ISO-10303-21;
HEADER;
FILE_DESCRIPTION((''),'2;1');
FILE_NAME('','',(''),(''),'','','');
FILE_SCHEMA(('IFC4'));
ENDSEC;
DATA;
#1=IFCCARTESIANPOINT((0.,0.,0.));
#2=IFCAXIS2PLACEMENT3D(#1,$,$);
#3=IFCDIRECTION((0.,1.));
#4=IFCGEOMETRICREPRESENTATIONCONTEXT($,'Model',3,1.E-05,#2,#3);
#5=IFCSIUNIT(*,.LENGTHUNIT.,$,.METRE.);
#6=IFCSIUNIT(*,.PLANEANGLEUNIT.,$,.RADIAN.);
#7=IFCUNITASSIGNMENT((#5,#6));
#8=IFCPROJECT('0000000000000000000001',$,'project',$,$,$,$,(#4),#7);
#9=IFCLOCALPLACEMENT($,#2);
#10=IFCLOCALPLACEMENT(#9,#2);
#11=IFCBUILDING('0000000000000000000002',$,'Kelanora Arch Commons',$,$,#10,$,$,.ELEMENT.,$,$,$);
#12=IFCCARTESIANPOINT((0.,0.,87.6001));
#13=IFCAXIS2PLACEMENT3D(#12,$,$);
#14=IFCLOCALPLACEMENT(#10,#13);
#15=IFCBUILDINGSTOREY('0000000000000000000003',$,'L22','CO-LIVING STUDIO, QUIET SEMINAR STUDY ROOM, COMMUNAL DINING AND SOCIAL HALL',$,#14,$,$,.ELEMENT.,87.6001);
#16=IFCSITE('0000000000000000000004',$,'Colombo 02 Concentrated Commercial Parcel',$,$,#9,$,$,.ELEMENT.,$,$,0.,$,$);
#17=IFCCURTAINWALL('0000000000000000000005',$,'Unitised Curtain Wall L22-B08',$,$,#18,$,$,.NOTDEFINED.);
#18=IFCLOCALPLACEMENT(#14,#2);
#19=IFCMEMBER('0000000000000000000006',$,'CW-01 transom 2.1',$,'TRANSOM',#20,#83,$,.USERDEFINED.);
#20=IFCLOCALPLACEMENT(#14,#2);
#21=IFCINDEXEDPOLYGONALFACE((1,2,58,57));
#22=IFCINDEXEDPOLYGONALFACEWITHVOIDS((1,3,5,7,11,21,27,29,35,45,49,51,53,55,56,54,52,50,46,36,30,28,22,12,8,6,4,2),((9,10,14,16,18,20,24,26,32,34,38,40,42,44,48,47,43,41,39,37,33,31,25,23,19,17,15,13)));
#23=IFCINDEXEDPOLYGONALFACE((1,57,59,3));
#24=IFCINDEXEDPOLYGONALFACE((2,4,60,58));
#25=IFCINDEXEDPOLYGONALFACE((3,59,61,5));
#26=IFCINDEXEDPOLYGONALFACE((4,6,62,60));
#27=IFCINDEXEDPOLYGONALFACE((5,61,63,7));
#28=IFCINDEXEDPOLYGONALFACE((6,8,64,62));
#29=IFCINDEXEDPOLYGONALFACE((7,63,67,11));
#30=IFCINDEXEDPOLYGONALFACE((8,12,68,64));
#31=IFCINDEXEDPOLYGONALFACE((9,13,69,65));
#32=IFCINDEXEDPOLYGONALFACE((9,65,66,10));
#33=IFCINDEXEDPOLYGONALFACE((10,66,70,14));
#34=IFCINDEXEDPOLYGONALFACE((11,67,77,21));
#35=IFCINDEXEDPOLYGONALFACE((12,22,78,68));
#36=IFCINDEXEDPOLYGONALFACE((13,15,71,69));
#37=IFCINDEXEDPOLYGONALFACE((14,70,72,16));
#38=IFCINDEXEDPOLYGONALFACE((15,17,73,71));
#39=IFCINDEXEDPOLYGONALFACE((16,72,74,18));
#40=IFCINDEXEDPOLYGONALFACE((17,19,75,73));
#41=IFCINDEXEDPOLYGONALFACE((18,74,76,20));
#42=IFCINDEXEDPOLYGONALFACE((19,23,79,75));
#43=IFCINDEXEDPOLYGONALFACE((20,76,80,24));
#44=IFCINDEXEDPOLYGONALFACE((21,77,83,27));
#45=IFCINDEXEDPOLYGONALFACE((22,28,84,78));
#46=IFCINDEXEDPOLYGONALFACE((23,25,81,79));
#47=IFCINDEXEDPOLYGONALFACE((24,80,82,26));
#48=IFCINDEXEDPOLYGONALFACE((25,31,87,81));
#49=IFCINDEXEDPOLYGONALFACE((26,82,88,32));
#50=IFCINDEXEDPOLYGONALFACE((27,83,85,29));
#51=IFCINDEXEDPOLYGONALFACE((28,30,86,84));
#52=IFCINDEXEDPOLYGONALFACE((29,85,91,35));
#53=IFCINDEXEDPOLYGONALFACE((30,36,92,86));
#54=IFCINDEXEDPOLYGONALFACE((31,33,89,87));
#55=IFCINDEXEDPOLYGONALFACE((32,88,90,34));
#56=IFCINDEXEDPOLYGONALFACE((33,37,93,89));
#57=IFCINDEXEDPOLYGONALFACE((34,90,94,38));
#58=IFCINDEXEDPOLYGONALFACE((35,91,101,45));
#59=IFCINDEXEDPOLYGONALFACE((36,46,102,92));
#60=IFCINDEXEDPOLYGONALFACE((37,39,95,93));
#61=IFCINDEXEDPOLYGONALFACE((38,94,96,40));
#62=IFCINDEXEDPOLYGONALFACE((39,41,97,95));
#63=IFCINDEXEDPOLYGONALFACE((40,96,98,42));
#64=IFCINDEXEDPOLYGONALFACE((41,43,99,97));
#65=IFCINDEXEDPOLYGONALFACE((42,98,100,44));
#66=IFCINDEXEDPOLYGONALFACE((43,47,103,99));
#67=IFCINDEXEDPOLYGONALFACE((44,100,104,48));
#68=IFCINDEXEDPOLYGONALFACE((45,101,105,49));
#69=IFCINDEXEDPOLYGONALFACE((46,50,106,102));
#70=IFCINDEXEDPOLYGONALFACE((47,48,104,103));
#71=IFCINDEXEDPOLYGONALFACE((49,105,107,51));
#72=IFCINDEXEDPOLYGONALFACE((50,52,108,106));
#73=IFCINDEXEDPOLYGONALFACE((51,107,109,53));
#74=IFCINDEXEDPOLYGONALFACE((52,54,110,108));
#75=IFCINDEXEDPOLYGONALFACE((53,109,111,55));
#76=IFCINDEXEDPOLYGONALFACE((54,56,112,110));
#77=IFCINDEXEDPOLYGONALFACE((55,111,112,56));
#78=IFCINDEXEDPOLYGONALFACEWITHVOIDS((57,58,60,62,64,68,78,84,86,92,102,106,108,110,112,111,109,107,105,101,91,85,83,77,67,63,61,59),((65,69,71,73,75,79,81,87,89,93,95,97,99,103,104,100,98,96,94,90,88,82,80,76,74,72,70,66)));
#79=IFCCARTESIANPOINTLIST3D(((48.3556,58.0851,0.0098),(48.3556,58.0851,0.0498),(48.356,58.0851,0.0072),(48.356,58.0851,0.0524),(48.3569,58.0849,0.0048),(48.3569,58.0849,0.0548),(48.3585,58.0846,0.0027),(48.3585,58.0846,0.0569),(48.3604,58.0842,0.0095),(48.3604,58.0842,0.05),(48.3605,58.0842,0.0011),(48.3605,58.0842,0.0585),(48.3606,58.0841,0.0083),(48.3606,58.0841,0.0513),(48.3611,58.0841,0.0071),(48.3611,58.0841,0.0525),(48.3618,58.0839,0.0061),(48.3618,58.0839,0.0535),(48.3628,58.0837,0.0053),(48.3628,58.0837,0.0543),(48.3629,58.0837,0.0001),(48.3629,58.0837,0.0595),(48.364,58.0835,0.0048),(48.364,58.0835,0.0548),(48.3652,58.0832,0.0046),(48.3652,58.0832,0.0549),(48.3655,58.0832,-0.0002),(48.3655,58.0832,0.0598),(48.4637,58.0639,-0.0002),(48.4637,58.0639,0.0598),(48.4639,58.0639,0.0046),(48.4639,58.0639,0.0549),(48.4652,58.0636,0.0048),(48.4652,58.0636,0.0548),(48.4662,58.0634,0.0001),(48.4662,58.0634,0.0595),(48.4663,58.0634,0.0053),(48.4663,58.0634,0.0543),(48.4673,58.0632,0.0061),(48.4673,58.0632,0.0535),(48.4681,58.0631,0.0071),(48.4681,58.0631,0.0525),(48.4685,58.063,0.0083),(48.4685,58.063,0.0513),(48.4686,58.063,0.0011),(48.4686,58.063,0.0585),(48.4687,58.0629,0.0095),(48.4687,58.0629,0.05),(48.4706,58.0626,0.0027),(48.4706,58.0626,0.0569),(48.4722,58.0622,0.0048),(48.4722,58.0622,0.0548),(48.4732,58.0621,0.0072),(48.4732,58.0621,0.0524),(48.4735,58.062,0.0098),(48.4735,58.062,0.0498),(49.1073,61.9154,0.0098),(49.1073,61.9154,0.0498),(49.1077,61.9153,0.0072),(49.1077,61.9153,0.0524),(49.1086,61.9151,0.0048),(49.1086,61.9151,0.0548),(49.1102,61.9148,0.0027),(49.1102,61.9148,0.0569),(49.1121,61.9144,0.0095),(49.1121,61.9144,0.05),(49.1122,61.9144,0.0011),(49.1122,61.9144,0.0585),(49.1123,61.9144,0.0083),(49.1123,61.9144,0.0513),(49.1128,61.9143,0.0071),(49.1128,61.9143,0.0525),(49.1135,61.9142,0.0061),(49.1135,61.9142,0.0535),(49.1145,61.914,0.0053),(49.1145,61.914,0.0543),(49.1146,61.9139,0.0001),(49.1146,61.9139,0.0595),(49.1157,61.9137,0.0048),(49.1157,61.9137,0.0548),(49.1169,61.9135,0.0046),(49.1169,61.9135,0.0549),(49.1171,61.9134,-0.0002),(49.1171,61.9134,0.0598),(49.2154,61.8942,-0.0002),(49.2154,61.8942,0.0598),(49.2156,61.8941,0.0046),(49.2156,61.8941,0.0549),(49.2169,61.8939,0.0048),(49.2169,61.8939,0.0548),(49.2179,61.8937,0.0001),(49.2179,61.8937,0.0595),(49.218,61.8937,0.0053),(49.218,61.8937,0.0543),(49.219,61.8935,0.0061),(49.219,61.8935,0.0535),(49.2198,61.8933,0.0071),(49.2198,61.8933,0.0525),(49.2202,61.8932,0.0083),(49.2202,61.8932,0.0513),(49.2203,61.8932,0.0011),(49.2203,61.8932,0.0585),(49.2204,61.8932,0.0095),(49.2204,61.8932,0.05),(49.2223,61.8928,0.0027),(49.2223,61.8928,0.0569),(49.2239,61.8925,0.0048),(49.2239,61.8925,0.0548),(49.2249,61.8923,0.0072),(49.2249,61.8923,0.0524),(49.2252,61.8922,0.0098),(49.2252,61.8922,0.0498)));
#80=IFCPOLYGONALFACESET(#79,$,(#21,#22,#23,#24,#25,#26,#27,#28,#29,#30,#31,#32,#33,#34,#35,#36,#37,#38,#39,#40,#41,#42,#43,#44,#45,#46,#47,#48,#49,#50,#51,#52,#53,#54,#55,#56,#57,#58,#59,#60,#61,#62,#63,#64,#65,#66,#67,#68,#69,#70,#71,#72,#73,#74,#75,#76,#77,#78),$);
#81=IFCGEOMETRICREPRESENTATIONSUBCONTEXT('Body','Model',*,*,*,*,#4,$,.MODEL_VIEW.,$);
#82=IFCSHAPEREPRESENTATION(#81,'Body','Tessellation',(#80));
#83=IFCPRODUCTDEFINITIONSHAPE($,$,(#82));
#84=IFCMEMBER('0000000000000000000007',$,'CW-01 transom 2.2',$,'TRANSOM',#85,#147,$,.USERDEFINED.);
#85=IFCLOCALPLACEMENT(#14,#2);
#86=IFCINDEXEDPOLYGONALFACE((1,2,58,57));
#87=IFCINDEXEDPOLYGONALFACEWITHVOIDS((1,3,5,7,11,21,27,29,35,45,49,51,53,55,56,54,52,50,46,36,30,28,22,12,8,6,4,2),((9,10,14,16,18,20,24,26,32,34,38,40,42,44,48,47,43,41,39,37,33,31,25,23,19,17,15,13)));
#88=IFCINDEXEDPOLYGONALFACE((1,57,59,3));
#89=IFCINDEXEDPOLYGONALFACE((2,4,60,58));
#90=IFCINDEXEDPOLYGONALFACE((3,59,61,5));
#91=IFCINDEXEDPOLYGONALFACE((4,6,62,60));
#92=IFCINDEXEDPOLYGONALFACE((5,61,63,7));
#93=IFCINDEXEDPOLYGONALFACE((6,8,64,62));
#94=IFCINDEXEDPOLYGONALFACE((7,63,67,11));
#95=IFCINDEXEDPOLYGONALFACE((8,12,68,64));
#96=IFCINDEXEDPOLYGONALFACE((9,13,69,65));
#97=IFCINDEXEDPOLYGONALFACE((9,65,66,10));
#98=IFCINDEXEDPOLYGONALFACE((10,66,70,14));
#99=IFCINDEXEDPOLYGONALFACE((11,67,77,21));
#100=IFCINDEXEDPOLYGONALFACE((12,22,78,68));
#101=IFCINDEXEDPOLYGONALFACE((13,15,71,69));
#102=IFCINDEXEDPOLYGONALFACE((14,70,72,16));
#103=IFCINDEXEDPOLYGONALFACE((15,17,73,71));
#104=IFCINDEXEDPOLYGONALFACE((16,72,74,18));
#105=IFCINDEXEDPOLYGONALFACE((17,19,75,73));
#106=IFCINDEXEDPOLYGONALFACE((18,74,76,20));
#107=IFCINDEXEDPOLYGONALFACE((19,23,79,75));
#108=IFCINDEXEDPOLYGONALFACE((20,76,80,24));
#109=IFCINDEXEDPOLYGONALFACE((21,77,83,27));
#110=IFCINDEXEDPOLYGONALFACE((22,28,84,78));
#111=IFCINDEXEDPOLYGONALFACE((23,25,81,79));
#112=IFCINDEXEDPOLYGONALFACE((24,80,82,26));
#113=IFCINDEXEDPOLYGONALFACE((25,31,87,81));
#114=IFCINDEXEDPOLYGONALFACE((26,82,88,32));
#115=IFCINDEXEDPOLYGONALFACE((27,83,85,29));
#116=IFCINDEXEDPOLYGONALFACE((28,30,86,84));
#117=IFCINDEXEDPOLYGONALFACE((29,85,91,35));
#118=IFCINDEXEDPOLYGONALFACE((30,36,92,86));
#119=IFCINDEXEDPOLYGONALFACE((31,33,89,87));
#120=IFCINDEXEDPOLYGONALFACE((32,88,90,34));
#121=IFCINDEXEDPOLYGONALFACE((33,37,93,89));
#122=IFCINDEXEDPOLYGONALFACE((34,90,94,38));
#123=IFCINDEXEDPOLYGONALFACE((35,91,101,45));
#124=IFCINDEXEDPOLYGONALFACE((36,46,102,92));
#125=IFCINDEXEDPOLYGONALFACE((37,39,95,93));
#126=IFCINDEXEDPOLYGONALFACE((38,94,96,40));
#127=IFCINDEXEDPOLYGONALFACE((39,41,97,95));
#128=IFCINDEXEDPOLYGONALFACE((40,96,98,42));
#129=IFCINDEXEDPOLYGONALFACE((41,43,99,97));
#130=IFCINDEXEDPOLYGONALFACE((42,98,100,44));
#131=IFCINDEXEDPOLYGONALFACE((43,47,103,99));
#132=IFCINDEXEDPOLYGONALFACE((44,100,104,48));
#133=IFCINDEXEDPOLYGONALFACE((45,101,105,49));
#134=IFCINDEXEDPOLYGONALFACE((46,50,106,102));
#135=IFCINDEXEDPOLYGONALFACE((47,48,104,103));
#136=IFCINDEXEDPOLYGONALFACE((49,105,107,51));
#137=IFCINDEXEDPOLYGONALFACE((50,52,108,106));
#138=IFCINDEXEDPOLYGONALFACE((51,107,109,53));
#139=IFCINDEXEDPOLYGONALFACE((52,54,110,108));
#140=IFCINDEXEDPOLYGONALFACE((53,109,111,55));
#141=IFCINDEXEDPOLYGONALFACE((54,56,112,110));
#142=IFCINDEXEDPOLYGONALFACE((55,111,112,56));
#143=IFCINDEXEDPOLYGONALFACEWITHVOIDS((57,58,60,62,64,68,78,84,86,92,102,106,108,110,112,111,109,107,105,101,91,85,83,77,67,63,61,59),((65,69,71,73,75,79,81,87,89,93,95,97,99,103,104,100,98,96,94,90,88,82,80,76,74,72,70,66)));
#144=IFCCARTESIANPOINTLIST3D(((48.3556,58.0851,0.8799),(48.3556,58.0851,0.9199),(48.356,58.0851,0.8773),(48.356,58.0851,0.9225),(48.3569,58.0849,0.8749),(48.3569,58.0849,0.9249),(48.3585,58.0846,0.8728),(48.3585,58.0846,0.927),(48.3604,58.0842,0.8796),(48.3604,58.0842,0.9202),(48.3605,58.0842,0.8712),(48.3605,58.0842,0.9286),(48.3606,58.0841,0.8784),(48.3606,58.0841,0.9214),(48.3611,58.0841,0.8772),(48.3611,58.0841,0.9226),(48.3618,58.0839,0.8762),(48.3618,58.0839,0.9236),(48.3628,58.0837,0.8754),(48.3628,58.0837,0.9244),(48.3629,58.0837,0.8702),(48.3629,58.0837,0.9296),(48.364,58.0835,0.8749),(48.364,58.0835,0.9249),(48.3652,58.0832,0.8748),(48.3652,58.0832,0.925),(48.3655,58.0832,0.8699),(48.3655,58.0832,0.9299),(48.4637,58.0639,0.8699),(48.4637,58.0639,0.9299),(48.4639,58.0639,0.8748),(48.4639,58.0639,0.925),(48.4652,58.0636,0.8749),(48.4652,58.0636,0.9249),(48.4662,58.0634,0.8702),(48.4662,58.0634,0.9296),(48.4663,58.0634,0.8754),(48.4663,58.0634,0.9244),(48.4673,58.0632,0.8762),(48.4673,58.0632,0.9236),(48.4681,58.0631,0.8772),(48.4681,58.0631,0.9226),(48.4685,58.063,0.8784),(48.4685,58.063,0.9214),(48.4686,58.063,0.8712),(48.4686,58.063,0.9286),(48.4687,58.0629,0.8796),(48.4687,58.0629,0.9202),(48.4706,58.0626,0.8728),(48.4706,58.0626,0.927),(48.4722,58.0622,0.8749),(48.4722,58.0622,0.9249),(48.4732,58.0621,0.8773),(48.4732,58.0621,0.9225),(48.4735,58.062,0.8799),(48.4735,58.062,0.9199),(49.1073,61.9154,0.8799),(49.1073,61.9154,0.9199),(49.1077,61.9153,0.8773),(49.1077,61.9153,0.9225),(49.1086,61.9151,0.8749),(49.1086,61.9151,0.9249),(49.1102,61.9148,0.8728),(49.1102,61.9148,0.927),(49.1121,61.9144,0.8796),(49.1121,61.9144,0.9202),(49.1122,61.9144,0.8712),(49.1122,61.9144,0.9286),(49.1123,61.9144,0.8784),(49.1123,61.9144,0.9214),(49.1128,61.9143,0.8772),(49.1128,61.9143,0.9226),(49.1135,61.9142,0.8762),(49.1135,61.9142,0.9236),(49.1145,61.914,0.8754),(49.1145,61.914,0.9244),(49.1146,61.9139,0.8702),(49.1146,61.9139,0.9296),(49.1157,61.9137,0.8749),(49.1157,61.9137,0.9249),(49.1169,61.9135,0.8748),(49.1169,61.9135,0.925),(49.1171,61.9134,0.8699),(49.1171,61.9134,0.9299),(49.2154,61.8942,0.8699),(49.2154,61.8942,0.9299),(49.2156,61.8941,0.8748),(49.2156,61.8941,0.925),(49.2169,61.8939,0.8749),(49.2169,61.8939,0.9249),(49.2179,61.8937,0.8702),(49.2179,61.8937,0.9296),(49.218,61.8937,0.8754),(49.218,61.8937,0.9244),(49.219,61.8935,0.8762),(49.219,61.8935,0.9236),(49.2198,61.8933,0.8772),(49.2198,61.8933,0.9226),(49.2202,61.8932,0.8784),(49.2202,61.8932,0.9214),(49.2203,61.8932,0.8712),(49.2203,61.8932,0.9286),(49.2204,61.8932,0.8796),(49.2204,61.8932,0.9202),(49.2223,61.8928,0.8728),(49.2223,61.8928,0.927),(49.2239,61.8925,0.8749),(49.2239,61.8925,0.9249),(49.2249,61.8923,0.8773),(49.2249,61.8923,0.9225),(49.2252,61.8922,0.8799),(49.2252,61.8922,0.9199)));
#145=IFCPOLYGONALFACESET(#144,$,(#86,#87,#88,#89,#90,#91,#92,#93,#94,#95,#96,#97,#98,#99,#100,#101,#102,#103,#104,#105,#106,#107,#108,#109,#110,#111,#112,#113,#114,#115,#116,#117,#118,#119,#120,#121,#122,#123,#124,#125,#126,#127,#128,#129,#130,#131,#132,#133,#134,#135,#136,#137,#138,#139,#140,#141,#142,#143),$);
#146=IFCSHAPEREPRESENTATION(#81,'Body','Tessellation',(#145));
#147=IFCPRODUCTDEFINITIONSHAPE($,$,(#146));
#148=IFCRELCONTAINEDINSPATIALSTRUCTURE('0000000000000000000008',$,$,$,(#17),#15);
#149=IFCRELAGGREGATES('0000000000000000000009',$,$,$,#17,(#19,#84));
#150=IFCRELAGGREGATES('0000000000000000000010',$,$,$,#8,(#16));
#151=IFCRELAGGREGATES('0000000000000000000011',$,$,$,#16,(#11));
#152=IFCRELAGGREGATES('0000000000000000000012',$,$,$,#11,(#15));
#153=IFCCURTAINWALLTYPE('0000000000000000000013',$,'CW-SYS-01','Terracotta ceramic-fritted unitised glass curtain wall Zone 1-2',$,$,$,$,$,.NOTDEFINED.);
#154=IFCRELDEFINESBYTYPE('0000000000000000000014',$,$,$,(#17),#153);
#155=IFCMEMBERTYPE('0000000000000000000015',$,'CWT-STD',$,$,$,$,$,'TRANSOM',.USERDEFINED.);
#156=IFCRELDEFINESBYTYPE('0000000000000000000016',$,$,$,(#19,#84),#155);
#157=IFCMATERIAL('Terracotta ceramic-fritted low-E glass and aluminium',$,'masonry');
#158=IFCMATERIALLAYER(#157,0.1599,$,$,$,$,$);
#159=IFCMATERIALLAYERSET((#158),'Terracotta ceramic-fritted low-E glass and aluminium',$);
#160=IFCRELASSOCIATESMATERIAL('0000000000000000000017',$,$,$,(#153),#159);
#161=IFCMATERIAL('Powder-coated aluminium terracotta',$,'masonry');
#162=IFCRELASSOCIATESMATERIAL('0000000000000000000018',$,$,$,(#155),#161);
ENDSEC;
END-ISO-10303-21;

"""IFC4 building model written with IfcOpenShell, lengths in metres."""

from ifc_helpers import new_model, si_unit, direction, frame, origin, origin_2d, place, context, subcontext, project, spatial, hollow_rectangle, extrude, material, layer, layer_set, material_profile, profile_set, type_object, element, aggregate, save


model = new_model("IFC4")

# Units and contexts
model_context = context("Model", 3, precision=1e-05, world=origin(), true_north=direction((0.0, 1.0)))
body_context = subcontext(model_context, "Body", "Model", "MODEL_VIEW")
ifc_project = project(units=[si_unit("LENGTHUNIT", "METRE"), si_unit("PLANEANGLEUNIT", "RADIAN")], contexts=[model_context])

# Site, building, storey
site_placement = place(None, origin())
site = spatial("IfcSite", under=ifc_project, at=site_placement, Name="Colombo 02 Concentrated Commercial Parcel", CompositionType="ELEMENT", RefElevation=0.0)
building_placement = place(site_placement, origin())
building = spatial("IfcBuilding", under=site, at=building_placement, Name="Kelanora Arch Commons", CompositionType="ELEMENT")
storey_placement = place(building_placement, frame((0.0, 0.0, 87.6001)))
storey = spatial("IfcBuildingStorey", under=building, at=storey_placement, Name="L22", Description="CO-LIVING STUDIO, QUIET SEMINAR STUDY ROOM, COMMUNAL DINING AND SOCIAL HALL", CompositionType="ELEMENT", Elevation=87.6001)

# Curtain wall, members
ifc_material_1 = material(Name="Terracotta ceramic-fritted low-E glass and aluminium", Category="masonry")
ifc_layer_1 = layer(ifc_material_1, 0.1599)
ifc_layer_set_1 = layer_set([ifc_layer_1], Name="Terracotta ceramic-fritted low-E glass and aluminium")
curtain_wall_type = type_object("IfcCurtainWallType", Name="CW-SYS-01", Description="Terracotta ceramic-fritted unitised glass curtain wall Zone 1-2", PredefinedType="NOTDEFINED", material=ifc_layer_set_1)
curtain_wall_placement = place(storey_placement, origin())
curtain_wall = element("IfcCurtainWall", 1, at=curtain_wall_placement, inside=storey, type_object=curtain_wall_type, Name="Unitised Curtain Wall L22-B08", PredefinedType="NOTDEFINED")
ifc_material_2 = material(Name="Powder-coated aluminium terracotta", Category="masonry")
ifc_material_profile_1 = material_profile(ifc_material_2, hollow_rectangle(XDim=0.1201, YDim=0.0601, WallThickness=0.0049, InnerFilletRadius=0.0049, OuterFilletRadius=0.01, at=origin_2d()), Name="CWT120x60")
ifc_profile_set_1 = profile_set([ifc_material_profile_1], Name="Powder-coated aluminium terracotta")
member_type_1 = type_object("IfcMemberType", Name="CWT-STD", ElementType="TRANSOM", PredefinedType="USERDEFINED", material=ifc_profile_set_1)
member_1_placement = place(storey_placement, frame((49.1663, 61.9038, 0.0298), z_axis=(-0.192579, -0.981282, 0.0), x_axis=(0.981282, -0.192579, 0.0)))
member_1 = element("IfcMember", 2, at=member_1_placement, type_object=member_type_1, Name="CW-01 transom 2.1", ObjectType="TRANSOM", PredefinedType="USERDEFINED", context=body_context, shape_type="SweptSolid", body=[
    extrude(hollow_rectangle(XDim=0.1201, YDim=0.0601, WallThickness=0.0049, InnerFilletRadius=0.0049, OuterFilletRadius=0.01, at=origin_2d()), origin(), (0.0, 0.0, 1.0), 3.9033),
])
member_2_placement = place(storey_placement, frame((49.1663, 61.9038, 0.8999), z_axis=(-0.192579, -0.981282, 0.0), x_axis=(0.981282, -0.192579, 0.0)))
member_2 = element("IfcMember", 3, at=member_2_placement, type_object=member_type_1, Name="CW-01 transom 2.2", ObjectType="TRANSOM", PredefinedType="USERDEFINED", context=body_context, shape_type="SweptSolid", body=[
    extrude(hollow_rectangle(XDim=0.1201, YDim=0.0601, WallThickness=0.0049, InnerFilletRadius=0.0049, OuterFilletRadius=0.01, at=origin_2d()), origin(), (0.0, 0.0, 1.0), 3.9033),
])
aggregate(curtain_wall, [member_1, member_2])

save(model, "model.ifc")
